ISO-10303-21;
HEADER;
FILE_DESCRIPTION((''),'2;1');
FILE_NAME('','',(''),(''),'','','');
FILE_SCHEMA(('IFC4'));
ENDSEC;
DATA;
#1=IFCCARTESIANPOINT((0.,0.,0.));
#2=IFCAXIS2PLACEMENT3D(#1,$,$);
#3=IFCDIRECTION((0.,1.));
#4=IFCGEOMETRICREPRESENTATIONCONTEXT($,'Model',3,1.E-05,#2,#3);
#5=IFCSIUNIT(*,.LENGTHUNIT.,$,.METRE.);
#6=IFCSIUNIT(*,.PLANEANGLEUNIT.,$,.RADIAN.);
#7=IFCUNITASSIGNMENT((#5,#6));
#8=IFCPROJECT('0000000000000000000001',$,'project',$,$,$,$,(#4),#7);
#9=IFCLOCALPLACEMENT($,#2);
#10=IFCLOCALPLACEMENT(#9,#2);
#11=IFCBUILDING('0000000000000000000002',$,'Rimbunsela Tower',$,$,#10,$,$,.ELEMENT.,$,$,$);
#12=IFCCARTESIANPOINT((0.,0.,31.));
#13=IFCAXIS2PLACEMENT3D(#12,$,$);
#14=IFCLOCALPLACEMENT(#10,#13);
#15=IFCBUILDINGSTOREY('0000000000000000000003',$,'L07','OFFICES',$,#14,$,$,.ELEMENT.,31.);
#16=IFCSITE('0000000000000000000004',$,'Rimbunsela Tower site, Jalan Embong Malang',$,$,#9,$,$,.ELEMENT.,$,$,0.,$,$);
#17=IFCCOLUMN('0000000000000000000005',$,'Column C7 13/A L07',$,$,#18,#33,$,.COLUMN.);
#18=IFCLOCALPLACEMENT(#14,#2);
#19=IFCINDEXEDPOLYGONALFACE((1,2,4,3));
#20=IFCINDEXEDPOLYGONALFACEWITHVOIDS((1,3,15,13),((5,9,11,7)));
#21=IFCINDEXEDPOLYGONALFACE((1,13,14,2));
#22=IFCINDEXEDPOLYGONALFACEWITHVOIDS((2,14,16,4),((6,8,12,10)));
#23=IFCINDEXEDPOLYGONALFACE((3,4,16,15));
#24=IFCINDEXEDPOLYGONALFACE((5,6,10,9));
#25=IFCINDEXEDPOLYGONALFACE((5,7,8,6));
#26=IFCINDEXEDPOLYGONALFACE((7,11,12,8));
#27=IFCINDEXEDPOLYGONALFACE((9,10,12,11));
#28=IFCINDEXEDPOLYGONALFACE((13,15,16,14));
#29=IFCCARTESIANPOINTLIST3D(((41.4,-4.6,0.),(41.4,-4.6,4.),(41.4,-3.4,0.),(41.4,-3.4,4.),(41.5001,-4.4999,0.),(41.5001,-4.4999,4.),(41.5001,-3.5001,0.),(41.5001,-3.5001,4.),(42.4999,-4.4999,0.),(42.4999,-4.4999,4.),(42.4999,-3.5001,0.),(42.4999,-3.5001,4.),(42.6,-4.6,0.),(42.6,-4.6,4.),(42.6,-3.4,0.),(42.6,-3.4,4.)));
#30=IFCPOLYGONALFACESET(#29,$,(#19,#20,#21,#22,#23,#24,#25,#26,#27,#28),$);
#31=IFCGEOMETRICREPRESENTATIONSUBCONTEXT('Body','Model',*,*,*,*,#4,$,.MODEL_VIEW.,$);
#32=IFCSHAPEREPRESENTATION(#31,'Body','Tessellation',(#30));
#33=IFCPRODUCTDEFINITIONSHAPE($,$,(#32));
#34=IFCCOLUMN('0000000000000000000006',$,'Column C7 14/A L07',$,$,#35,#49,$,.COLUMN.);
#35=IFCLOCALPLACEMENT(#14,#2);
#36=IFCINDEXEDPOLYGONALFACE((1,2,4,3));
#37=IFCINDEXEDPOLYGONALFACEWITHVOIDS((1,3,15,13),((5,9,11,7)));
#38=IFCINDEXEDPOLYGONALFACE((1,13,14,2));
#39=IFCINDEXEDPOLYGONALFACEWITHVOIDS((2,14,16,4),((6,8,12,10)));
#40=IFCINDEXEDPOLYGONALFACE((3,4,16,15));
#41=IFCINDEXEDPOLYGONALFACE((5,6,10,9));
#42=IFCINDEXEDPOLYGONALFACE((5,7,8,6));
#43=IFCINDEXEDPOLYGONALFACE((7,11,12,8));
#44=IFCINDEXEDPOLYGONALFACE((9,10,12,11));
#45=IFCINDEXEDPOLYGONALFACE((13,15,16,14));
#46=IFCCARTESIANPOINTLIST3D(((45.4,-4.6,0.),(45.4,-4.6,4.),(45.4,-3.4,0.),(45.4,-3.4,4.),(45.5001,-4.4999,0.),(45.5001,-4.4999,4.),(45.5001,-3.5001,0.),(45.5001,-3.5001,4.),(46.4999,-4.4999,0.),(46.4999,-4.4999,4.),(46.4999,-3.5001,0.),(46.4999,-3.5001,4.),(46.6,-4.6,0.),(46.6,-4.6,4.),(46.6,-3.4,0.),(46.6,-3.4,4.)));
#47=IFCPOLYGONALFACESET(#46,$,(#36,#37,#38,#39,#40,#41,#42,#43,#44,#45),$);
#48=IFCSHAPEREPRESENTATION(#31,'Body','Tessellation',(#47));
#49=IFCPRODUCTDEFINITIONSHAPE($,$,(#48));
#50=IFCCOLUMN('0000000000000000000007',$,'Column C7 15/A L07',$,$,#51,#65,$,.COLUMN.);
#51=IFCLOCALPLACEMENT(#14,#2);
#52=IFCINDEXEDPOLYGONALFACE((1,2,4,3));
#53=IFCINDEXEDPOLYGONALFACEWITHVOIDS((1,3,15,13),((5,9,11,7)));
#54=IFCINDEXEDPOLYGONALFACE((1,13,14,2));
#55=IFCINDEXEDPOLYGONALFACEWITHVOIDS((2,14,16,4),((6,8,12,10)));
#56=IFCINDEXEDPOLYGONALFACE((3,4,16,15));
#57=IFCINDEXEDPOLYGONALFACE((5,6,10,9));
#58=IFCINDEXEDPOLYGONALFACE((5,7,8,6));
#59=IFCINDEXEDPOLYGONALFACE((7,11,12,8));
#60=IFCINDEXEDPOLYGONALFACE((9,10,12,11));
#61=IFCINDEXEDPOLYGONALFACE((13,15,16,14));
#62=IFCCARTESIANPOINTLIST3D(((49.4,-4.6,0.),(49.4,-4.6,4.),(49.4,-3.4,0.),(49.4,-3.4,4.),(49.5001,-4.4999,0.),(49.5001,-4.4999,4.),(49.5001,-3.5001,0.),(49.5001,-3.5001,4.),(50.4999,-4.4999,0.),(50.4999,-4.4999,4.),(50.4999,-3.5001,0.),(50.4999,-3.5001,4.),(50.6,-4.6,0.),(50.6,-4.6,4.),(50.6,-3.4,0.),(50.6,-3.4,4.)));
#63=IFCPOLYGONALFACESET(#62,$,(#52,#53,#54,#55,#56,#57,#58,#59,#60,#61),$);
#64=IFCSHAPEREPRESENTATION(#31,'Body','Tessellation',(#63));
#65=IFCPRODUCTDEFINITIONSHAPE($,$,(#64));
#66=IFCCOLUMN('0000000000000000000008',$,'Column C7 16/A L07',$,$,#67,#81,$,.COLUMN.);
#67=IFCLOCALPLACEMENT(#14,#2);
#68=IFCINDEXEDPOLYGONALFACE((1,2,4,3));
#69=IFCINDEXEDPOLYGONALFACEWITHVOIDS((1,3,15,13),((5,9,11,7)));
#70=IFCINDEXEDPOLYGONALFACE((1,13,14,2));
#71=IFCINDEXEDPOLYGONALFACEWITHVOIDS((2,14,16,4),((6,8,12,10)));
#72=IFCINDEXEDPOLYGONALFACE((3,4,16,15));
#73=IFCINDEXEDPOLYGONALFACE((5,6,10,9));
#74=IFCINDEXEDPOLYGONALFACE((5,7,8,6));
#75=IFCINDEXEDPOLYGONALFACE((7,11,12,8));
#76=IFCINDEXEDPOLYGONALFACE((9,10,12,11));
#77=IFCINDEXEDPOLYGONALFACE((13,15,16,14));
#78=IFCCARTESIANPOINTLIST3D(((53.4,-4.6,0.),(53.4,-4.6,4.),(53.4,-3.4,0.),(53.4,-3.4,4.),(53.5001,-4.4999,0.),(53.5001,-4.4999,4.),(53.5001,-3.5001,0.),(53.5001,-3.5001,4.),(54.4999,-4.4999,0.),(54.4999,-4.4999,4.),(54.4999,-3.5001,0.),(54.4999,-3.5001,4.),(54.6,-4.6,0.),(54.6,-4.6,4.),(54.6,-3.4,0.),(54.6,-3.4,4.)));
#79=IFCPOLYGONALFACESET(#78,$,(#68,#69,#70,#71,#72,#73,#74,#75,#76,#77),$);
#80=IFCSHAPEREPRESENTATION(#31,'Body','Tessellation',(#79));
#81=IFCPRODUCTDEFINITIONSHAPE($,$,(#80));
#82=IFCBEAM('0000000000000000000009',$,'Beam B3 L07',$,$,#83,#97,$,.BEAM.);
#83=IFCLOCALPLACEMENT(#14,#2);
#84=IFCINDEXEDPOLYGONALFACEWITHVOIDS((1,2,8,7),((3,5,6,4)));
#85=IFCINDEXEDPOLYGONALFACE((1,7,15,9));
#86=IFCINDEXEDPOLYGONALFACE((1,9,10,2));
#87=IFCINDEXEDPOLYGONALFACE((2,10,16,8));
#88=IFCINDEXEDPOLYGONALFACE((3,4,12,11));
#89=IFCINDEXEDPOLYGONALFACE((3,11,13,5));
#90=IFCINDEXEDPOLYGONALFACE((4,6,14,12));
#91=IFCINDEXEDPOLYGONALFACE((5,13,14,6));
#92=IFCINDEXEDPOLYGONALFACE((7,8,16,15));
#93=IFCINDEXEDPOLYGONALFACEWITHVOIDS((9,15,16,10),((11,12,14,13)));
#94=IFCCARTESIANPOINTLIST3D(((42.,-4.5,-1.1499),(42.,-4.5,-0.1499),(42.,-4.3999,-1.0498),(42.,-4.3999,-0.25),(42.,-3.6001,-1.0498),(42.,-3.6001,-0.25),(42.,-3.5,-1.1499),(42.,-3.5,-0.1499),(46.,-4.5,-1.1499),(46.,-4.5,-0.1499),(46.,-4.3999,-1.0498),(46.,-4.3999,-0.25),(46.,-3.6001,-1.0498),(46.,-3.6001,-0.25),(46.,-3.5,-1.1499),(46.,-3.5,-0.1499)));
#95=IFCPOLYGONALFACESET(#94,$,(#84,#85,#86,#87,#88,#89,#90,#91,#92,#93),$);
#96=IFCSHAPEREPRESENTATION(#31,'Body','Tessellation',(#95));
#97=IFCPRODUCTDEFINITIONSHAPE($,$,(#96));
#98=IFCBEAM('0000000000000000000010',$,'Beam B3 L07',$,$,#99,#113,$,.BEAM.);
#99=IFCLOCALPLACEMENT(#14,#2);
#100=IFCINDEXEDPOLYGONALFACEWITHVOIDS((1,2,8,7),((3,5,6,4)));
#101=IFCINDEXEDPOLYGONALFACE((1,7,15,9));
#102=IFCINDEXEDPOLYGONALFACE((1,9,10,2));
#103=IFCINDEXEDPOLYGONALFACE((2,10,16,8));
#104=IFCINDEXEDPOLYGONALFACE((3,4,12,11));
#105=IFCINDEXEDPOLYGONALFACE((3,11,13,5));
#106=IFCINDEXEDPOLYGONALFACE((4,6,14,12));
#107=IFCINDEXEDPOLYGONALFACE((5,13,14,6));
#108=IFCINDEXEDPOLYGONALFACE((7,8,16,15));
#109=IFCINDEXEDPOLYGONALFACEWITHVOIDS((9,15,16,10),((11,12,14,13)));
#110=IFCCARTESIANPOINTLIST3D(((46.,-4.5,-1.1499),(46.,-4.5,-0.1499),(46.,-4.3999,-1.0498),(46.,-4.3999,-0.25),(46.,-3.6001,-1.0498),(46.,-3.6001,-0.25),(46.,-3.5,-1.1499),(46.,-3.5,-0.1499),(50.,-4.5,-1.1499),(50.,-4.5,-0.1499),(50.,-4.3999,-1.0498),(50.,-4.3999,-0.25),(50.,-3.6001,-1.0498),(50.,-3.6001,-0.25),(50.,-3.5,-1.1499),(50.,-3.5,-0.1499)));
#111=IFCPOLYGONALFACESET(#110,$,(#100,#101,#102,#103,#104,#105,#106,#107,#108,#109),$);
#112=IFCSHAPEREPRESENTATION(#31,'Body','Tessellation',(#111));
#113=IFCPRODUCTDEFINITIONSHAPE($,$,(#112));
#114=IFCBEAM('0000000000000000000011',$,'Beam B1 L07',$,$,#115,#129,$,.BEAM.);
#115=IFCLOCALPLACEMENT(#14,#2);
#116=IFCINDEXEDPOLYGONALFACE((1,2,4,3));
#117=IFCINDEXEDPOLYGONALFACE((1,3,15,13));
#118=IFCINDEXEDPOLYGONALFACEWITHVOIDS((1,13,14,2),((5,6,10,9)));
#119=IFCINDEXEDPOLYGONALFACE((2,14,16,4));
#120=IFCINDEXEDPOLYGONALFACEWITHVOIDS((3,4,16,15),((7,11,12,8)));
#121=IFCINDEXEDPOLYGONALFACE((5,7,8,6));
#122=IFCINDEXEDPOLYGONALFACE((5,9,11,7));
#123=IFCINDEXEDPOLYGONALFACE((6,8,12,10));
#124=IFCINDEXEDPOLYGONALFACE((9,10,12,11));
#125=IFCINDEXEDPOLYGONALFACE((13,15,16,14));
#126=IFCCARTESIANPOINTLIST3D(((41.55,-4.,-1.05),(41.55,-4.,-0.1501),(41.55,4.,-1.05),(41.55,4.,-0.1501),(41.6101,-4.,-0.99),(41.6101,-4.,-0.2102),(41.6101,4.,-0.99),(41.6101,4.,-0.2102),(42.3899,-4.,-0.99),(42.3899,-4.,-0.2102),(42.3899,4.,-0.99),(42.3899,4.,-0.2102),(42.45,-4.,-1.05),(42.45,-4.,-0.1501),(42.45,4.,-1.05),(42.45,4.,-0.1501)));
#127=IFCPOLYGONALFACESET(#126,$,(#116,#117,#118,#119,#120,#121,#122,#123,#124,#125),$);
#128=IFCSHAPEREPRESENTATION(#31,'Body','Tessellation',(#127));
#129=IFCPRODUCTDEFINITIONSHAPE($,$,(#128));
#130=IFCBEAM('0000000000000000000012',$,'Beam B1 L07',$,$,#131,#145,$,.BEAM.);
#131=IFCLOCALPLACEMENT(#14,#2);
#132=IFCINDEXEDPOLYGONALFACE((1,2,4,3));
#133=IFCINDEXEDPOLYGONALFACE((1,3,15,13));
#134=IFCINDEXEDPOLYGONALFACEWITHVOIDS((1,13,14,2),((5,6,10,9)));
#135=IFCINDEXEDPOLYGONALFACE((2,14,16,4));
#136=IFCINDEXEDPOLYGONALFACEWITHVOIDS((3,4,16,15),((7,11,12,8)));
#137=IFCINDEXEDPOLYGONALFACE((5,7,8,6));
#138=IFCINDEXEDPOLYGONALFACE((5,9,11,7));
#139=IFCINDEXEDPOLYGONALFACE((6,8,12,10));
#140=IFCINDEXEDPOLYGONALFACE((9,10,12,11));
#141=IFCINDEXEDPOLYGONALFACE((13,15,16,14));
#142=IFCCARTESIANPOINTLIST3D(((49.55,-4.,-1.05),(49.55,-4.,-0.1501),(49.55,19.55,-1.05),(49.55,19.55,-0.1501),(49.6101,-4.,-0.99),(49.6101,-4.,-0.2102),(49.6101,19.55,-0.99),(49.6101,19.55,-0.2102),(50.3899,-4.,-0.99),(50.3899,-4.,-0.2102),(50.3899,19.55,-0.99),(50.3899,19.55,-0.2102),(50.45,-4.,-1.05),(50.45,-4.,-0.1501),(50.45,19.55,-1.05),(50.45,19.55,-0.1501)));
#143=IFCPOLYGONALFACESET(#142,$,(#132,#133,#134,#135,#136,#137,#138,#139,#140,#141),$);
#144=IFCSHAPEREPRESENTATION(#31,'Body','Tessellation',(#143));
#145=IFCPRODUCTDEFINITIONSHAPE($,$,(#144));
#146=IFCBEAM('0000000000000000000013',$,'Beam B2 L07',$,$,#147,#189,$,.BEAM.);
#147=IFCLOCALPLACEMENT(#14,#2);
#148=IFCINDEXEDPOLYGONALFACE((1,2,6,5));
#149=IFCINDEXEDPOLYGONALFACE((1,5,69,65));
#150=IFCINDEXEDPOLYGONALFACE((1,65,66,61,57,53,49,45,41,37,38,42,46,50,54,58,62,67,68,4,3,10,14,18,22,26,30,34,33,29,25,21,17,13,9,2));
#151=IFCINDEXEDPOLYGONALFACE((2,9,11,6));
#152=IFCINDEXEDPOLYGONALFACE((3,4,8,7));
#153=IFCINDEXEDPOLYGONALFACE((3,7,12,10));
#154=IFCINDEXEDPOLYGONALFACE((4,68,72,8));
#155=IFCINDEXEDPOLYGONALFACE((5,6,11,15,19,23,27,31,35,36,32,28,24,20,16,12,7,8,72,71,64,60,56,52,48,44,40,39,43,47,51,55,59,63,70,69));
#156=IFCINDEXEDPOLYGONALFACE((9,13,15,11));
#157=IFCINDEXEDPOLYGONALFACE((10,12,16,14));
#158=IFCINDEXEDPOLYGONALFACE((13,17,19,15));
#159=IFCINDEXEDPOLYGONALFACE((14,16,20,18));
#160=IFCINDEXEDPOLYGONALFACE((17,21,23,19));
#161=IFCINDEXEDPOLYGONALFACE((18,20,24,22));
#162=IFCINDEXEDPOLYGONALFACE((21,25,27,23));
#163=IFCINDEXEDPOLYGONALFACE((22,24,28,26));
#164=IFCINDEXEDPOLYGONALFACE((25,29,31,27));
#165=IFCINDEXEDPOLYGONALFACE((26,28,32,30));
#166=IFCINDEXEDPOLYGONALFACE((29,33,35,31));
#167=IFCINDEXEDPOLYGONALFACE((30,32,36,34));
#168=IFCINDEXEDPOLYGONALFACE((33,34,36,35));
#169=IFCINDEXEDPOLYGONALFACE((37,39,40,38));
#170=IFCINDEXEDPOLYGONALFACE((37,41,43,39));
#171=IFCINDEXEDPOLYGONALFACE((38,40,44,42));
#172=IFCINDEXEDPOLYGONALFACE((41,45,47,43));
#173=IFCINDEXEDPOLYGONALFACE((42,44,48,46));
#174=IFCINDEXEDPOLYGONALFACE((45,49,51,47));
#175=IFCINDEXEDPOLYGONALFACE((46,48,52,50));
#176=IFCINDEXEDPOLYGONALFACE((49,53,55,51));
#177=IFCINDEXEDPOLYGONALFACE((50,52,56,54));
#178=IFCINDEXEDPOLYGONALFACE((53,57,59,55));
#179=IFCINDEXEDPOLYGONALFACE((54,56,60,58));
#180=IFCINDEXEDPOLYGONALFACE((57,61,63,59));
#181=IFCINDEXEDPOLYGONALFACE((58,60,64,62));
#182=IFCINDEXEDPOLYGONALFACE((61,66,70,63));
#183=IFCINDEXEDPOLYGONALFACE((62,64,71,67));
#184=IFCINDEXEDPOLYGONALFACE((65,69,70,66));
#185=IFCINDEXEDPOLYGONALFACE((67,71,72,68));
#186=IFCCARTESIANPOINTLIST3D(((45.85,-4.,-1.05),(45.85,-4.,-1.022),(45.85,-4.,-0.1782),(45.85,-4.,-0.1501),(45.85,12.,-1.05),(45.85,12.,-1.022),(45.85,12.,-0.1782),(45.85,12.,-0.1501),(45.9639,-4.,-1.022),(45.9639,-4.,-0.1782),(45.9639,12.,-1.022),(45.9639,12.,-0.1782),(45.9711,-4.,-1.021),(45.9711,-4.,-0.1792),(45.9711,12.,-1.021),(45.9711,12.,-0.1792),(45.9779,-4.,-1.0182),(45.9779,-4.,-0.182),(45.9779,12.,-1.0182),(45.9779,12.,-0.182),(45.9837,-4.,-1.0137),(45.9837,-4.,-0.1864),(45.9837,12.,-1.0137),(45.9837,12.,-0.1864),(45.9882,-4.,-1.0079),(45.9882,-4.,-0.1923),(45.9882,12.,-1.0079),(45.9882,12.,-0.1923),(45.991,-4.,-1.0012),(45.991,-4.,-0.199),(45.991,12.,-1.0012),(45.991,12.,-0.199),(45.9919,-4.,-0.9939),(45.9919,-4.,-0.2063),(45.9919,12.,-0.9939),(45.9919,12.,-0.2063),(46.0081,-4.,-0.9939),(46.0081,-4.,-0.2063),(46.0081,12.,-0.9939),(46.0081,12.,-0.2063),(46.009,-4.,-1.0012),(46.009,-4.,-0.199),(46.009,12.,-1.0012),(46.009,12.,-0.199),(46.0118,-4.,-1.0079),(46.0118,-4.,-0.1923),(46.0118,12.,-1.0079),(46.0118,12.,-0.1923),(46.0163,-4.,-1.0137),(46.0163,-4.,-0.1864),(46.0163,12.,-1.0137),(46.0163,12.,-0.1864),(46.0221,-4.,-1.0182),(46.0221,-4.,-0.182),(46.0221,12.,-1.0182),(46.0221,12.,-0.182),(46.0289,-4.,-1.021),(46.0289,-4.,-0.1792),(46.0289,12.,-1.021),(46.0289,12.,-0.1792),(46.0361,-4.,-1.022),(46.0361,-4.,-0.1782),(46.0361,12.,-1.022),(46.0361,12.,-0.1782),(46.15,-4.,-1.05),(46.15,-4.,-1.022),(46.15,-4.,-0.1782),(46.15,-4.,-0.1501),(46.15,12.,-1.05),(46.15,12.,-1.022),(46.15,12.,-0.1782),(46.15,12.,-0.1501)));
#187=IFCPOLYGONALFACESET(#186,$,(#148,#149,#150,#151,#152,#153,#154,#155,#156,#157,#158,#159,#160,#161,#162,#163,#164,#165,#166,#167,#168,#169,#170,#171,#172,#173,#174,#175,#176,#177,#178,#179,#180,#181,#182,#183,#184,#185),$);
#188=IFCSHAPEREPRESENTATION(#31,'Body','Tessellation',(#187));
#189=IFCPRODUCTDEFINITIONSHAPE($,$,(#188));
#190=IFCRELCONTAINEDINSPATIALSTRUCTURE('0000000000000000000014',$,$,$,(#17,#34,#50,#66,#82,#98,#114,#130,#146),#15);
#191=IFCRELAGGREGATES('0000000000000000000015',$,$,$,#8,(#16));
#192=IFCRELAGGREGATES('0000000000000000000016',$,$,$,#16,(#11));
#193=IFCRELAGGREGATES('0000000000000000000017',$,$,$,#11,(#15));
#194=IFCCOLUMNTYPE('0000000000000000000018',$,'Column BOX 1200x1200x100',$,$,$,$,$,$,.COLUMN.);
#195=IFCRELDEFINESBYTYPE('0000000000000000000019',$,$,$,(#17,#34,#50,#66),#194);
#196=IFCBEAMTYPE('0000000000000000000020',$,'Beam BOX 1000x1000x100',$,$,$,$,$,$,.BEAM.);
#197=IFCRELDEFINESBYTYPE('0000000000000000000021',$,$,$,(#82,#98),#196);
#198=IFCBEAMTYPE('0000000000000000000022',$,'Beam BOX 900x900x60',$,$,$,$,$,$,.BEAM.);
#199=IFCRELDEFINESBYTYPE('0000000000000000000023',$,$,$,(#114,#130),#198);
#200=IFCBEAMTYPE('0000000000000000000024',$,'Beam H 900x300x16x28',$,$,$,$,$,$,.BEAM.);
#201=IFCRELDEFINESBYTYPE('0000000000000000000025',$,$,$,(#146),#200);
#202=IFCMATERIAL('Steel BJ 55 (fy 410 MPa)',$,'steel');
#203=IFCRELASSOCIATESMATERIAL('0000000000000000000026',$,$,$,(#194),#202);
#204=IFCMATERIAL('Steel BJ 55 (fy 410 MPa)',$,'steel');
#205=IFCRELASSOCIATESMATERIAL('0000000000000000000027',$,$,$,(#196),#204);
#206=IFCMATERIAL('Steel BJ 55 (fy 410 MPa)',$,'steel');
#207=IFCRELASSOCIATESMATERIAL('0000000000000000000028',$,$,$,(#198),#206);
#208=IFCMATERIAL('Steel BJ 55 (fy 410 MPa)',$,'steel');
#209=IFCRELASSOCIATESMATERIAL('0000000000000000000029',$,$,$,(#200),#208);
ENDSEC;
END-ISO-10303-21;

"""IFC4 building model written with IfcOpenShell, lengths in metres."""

from ifc_helpers import new_model, si_unit, direction, frame, origin, origin_2d, place, context, subcontext, project, spatial, hollow_rectangle, i_section, extrude, material, material_profile, profile_set, type_object, element, save


model = new_model("IFC4")

# Units and contexts
model_context = context("Model", 3, precision=1e-05, world=origin(), true_north=direction((0.0, 1.0)))
body_context = subcontext(model_context, "Body", "Model", "MODEL_VIEW")
ifc_project = project(units=[si_unit("LENGTHUNIT", "METRE"), si_unit("PLANEANGLEUNIT", "RADIAN")], contexts=[model_context])

# Site, building, storey
site_placement = place(None, origin())
site = spatial("IfcSite", under=ifc_project, at=site_placement, Name="Rimbunsela Tower site, Jalan Embong Malang", CompositionType="ELEMENT", RefElevation=0.0)
building_placement = place(site_placement, origin())
building = spatial("IfcBuilding", under=site, at=building_placement, Name="Rimbunsela Tower", CompositionType="ELEMENT")
storey_placement = place(building_placement, frame((0.0, 0.0, 31.0)))
storey = spatial("IfcBuildingStorey", under=building, at=storey_placement, Name="L07", Description="OFFICES", CompositionType="ELEMENT", Elevation=31.0)

# Columns
ifc_material_1 = material(Name="Steel BJ 55 (fy 410 MPa)", Category="steel")
ifc_material_profile_1 = material_profile(ifc_material_1, hollow_rectangle(XDim=1.2, YDim=1.2, WallThickness=0.1001, at=origin_2d()), Name="BOX 1200x1200x100")
ifc_profile_set_1 = profile_set([ifc_material_profile_1], Name="Steel BJ 55 (fy 410 MPa)")
column_type = type_object("IfcColumnType", Name="Column BOX 1200x1200x100", PredefinedType="COLUMN", material=ifc_profile_set_1)
for number, where, z_axis, x_axis, name in (
    (1, (42.0, -4.0, 0.0), (0.0, 0.0, 1.0), (1.0, 0.0, 0.0), "Column C7 13/A L07"),
    (2, (46.0, -4.0, 0.0), (0.0, 0.0, 1.0), (1.0, 0.0, 0.0), "Column C7 14/A L07"),
    (3, (50.0, -4.0, 0.0), (0.0, 0.0, 1.0), (1.0, 0.0, 0.0), "Column C7 15/A L07"),
    (4, (54.0, -4.0, 0.0), (0.0, 0.0, 1.0), (1.0, 0.0, 0.0), "Column C7 16/A L07"),
):
    element("IfcColumn", number, at=place(storey_placement, frame(where, z_axis=z_axis, x_axis=x_axis)), inside=storey, type_object=column_type, Name=name, PredefinedType="COLUMN", context=body_context, shape_type="SweptSolid", body=[
        extrude(hollow_rectangle(XDim=1.2, YDim=1.2, WallThickness=0.1001, at=origin_2d()), origin(), (0.0, 0.0, 1.0), 4.0),
    ])

# Beams
ifc_material_2 = material(Name="Steel BJ 55 (fy 410 MPa)", Category="steel")
ifc_material_profile_2 = material_profile(ifc_material_2, hollow_rectangle(XDim=1.0, YDim=1.0, WallThickness=0.1001, at=origin_2d()), Name="BOX 1000x1000x100")
ifc_profile_set_2 = profile_set([ifc_material_profile_2], Name="Steel BJ 55 (fy 410 MPa)")
beam_type_1 = type_object("IfcBeamType", Name="Beam BOX 1000x1000x100", PredefinedType="BEAM", material=ifc_profile_set_2)
for number, where, z_axis, x_axis, name in (
    (5, (42.0, -4.0, -0.6499), (1.0, 0.0, 0.0), (0.0, 1.0, 0.0), "Beam B3 L07"),
    (6, (46.0, -4.0, -0.6499), (1.0, 0.0, 0.0), (0.0, 1.0, 0.0), "Beam B3 L07"),
):
    element("IfcBeam", number, at=place(storey_placement, frame(where, z_axis=z_axis, x_axis=x_axis)), inside=storey, type_object=beam_type_1, Name=name, PredefinedType="BEAM", context=body_context, shape_type="SweptSolid", body=[
        extrude(hollow_rectangle(XDim=1.0, YDim=1.0, WallThickness=0.1001, at=origin_2d()), origin(), (0.0, 0.0, 1.0), 4.0),
    ])
ifc_material_3 = material(Name="Steel BJ 55 (fy 410 MPa)", Category="steel")
ifc_material_profile_3 = material_profile(ifc_material_3, hollow_rectangle(XDim=0.8999, YDim=0.8999, WallThickness=0.0601, at=origin_2d()), Name="BOX 900x900x60")
ifc_profile_set_3 = profile_set([ifc_material_profile_3], Name="Steel BJ 55 (fy 410 MPa)")
beam_type_2 = type_object("IfcBeamType", Name="Beam BOX 900x900x60", PredefinedType="BEAM", material=ifc_profile_set_3)
beam_1_placement = place(storey_placement, frame((42.0, -4.0, -0.6001), z_axis=(0.0, 1.0, 0.0), x_axis=(-1.0, 0.0, 0.0)))
element("IfcBeam", 7, at=beam_1_placement, inside=storey, type_object=beam_type_2, Name="Beam B1 L07", PredefinedType="BEAM", context=body_context, shape_type="SweptSolid", body=[
    extrude(hollow_rectangle(XDim=0.8999, YDim=0.8999, WallThickness=0.0601, at=origin_2d()), origin(), (0.0, 0.0, 1.0), 8.0),
])
beam_2_placement = place(storey_placement, frame((50.0, -4.0, -0.6001), z_axis=(0.0, 1.0, 0.0), x_axis=(-1.0, 0.0, 0.0)))
element("IfcBeam", 8, at=beam_2_placement, inside=storey, type_object=beam_type_2, Name="Beam B1 L07", PredefinedType="BEAM", context=body_context, shape_type="SweptSolid", body=[
    extrude(hollow_rectangle(XDim=0.8999, YDim=0.8999, WallThickness=0.0601, at=origin_2d()), origin(), (0.0, 0.0, 1.0), 23.55),
])
ifc_material_4 = material(Name="Steel BJ 55 (fy 410 MPa)", Category="steel")
ifc_material_profile_4 = material_profile(ifc_material_4, i_section(OverallWidth=0.3, OverallDepth=0.8999, WebThickness=0.0161, FlangeThickness=0.0281, FilletRadius=0.0281, at=origin_2d()), Name="H 900x300x16x28")
ifc_profile_set_4 = profile_set([ifc_material_profile_4], Name="Steel BJ 55 (fy 410 MPa)")
beam_type_3 = type_object("IfcBeamType", Name="Beam H 900x300x16x28", PredefinedType="BEAM", material=ifc_profile_set_4)
beam_3_placement = place(storey_placement, frame((46.0, -4.0, -0.6001), z_axis=(0.0, 1.0, 0.0), x_axis=(-1.0, 0.0, 0.0)))
element("IfcBeam", 9, at=beam_3_placement, inside=storey, type_object=beam_type_3, Name="Beam B2 L07", PredefinedType="BEAM", context=body_context, shape_type="SweptSolid", body=[
    extrude(i_section(OverallWidth=0.3, OverallDepth=0.8999, WebThickness=0.0161, FlangeThickness=0.0281, FilletRadius=0.0281, at=origin_2d()), origin(), (0.0, 0.0, 1.0), 16.0),
])

save(model, "model.ifc")
